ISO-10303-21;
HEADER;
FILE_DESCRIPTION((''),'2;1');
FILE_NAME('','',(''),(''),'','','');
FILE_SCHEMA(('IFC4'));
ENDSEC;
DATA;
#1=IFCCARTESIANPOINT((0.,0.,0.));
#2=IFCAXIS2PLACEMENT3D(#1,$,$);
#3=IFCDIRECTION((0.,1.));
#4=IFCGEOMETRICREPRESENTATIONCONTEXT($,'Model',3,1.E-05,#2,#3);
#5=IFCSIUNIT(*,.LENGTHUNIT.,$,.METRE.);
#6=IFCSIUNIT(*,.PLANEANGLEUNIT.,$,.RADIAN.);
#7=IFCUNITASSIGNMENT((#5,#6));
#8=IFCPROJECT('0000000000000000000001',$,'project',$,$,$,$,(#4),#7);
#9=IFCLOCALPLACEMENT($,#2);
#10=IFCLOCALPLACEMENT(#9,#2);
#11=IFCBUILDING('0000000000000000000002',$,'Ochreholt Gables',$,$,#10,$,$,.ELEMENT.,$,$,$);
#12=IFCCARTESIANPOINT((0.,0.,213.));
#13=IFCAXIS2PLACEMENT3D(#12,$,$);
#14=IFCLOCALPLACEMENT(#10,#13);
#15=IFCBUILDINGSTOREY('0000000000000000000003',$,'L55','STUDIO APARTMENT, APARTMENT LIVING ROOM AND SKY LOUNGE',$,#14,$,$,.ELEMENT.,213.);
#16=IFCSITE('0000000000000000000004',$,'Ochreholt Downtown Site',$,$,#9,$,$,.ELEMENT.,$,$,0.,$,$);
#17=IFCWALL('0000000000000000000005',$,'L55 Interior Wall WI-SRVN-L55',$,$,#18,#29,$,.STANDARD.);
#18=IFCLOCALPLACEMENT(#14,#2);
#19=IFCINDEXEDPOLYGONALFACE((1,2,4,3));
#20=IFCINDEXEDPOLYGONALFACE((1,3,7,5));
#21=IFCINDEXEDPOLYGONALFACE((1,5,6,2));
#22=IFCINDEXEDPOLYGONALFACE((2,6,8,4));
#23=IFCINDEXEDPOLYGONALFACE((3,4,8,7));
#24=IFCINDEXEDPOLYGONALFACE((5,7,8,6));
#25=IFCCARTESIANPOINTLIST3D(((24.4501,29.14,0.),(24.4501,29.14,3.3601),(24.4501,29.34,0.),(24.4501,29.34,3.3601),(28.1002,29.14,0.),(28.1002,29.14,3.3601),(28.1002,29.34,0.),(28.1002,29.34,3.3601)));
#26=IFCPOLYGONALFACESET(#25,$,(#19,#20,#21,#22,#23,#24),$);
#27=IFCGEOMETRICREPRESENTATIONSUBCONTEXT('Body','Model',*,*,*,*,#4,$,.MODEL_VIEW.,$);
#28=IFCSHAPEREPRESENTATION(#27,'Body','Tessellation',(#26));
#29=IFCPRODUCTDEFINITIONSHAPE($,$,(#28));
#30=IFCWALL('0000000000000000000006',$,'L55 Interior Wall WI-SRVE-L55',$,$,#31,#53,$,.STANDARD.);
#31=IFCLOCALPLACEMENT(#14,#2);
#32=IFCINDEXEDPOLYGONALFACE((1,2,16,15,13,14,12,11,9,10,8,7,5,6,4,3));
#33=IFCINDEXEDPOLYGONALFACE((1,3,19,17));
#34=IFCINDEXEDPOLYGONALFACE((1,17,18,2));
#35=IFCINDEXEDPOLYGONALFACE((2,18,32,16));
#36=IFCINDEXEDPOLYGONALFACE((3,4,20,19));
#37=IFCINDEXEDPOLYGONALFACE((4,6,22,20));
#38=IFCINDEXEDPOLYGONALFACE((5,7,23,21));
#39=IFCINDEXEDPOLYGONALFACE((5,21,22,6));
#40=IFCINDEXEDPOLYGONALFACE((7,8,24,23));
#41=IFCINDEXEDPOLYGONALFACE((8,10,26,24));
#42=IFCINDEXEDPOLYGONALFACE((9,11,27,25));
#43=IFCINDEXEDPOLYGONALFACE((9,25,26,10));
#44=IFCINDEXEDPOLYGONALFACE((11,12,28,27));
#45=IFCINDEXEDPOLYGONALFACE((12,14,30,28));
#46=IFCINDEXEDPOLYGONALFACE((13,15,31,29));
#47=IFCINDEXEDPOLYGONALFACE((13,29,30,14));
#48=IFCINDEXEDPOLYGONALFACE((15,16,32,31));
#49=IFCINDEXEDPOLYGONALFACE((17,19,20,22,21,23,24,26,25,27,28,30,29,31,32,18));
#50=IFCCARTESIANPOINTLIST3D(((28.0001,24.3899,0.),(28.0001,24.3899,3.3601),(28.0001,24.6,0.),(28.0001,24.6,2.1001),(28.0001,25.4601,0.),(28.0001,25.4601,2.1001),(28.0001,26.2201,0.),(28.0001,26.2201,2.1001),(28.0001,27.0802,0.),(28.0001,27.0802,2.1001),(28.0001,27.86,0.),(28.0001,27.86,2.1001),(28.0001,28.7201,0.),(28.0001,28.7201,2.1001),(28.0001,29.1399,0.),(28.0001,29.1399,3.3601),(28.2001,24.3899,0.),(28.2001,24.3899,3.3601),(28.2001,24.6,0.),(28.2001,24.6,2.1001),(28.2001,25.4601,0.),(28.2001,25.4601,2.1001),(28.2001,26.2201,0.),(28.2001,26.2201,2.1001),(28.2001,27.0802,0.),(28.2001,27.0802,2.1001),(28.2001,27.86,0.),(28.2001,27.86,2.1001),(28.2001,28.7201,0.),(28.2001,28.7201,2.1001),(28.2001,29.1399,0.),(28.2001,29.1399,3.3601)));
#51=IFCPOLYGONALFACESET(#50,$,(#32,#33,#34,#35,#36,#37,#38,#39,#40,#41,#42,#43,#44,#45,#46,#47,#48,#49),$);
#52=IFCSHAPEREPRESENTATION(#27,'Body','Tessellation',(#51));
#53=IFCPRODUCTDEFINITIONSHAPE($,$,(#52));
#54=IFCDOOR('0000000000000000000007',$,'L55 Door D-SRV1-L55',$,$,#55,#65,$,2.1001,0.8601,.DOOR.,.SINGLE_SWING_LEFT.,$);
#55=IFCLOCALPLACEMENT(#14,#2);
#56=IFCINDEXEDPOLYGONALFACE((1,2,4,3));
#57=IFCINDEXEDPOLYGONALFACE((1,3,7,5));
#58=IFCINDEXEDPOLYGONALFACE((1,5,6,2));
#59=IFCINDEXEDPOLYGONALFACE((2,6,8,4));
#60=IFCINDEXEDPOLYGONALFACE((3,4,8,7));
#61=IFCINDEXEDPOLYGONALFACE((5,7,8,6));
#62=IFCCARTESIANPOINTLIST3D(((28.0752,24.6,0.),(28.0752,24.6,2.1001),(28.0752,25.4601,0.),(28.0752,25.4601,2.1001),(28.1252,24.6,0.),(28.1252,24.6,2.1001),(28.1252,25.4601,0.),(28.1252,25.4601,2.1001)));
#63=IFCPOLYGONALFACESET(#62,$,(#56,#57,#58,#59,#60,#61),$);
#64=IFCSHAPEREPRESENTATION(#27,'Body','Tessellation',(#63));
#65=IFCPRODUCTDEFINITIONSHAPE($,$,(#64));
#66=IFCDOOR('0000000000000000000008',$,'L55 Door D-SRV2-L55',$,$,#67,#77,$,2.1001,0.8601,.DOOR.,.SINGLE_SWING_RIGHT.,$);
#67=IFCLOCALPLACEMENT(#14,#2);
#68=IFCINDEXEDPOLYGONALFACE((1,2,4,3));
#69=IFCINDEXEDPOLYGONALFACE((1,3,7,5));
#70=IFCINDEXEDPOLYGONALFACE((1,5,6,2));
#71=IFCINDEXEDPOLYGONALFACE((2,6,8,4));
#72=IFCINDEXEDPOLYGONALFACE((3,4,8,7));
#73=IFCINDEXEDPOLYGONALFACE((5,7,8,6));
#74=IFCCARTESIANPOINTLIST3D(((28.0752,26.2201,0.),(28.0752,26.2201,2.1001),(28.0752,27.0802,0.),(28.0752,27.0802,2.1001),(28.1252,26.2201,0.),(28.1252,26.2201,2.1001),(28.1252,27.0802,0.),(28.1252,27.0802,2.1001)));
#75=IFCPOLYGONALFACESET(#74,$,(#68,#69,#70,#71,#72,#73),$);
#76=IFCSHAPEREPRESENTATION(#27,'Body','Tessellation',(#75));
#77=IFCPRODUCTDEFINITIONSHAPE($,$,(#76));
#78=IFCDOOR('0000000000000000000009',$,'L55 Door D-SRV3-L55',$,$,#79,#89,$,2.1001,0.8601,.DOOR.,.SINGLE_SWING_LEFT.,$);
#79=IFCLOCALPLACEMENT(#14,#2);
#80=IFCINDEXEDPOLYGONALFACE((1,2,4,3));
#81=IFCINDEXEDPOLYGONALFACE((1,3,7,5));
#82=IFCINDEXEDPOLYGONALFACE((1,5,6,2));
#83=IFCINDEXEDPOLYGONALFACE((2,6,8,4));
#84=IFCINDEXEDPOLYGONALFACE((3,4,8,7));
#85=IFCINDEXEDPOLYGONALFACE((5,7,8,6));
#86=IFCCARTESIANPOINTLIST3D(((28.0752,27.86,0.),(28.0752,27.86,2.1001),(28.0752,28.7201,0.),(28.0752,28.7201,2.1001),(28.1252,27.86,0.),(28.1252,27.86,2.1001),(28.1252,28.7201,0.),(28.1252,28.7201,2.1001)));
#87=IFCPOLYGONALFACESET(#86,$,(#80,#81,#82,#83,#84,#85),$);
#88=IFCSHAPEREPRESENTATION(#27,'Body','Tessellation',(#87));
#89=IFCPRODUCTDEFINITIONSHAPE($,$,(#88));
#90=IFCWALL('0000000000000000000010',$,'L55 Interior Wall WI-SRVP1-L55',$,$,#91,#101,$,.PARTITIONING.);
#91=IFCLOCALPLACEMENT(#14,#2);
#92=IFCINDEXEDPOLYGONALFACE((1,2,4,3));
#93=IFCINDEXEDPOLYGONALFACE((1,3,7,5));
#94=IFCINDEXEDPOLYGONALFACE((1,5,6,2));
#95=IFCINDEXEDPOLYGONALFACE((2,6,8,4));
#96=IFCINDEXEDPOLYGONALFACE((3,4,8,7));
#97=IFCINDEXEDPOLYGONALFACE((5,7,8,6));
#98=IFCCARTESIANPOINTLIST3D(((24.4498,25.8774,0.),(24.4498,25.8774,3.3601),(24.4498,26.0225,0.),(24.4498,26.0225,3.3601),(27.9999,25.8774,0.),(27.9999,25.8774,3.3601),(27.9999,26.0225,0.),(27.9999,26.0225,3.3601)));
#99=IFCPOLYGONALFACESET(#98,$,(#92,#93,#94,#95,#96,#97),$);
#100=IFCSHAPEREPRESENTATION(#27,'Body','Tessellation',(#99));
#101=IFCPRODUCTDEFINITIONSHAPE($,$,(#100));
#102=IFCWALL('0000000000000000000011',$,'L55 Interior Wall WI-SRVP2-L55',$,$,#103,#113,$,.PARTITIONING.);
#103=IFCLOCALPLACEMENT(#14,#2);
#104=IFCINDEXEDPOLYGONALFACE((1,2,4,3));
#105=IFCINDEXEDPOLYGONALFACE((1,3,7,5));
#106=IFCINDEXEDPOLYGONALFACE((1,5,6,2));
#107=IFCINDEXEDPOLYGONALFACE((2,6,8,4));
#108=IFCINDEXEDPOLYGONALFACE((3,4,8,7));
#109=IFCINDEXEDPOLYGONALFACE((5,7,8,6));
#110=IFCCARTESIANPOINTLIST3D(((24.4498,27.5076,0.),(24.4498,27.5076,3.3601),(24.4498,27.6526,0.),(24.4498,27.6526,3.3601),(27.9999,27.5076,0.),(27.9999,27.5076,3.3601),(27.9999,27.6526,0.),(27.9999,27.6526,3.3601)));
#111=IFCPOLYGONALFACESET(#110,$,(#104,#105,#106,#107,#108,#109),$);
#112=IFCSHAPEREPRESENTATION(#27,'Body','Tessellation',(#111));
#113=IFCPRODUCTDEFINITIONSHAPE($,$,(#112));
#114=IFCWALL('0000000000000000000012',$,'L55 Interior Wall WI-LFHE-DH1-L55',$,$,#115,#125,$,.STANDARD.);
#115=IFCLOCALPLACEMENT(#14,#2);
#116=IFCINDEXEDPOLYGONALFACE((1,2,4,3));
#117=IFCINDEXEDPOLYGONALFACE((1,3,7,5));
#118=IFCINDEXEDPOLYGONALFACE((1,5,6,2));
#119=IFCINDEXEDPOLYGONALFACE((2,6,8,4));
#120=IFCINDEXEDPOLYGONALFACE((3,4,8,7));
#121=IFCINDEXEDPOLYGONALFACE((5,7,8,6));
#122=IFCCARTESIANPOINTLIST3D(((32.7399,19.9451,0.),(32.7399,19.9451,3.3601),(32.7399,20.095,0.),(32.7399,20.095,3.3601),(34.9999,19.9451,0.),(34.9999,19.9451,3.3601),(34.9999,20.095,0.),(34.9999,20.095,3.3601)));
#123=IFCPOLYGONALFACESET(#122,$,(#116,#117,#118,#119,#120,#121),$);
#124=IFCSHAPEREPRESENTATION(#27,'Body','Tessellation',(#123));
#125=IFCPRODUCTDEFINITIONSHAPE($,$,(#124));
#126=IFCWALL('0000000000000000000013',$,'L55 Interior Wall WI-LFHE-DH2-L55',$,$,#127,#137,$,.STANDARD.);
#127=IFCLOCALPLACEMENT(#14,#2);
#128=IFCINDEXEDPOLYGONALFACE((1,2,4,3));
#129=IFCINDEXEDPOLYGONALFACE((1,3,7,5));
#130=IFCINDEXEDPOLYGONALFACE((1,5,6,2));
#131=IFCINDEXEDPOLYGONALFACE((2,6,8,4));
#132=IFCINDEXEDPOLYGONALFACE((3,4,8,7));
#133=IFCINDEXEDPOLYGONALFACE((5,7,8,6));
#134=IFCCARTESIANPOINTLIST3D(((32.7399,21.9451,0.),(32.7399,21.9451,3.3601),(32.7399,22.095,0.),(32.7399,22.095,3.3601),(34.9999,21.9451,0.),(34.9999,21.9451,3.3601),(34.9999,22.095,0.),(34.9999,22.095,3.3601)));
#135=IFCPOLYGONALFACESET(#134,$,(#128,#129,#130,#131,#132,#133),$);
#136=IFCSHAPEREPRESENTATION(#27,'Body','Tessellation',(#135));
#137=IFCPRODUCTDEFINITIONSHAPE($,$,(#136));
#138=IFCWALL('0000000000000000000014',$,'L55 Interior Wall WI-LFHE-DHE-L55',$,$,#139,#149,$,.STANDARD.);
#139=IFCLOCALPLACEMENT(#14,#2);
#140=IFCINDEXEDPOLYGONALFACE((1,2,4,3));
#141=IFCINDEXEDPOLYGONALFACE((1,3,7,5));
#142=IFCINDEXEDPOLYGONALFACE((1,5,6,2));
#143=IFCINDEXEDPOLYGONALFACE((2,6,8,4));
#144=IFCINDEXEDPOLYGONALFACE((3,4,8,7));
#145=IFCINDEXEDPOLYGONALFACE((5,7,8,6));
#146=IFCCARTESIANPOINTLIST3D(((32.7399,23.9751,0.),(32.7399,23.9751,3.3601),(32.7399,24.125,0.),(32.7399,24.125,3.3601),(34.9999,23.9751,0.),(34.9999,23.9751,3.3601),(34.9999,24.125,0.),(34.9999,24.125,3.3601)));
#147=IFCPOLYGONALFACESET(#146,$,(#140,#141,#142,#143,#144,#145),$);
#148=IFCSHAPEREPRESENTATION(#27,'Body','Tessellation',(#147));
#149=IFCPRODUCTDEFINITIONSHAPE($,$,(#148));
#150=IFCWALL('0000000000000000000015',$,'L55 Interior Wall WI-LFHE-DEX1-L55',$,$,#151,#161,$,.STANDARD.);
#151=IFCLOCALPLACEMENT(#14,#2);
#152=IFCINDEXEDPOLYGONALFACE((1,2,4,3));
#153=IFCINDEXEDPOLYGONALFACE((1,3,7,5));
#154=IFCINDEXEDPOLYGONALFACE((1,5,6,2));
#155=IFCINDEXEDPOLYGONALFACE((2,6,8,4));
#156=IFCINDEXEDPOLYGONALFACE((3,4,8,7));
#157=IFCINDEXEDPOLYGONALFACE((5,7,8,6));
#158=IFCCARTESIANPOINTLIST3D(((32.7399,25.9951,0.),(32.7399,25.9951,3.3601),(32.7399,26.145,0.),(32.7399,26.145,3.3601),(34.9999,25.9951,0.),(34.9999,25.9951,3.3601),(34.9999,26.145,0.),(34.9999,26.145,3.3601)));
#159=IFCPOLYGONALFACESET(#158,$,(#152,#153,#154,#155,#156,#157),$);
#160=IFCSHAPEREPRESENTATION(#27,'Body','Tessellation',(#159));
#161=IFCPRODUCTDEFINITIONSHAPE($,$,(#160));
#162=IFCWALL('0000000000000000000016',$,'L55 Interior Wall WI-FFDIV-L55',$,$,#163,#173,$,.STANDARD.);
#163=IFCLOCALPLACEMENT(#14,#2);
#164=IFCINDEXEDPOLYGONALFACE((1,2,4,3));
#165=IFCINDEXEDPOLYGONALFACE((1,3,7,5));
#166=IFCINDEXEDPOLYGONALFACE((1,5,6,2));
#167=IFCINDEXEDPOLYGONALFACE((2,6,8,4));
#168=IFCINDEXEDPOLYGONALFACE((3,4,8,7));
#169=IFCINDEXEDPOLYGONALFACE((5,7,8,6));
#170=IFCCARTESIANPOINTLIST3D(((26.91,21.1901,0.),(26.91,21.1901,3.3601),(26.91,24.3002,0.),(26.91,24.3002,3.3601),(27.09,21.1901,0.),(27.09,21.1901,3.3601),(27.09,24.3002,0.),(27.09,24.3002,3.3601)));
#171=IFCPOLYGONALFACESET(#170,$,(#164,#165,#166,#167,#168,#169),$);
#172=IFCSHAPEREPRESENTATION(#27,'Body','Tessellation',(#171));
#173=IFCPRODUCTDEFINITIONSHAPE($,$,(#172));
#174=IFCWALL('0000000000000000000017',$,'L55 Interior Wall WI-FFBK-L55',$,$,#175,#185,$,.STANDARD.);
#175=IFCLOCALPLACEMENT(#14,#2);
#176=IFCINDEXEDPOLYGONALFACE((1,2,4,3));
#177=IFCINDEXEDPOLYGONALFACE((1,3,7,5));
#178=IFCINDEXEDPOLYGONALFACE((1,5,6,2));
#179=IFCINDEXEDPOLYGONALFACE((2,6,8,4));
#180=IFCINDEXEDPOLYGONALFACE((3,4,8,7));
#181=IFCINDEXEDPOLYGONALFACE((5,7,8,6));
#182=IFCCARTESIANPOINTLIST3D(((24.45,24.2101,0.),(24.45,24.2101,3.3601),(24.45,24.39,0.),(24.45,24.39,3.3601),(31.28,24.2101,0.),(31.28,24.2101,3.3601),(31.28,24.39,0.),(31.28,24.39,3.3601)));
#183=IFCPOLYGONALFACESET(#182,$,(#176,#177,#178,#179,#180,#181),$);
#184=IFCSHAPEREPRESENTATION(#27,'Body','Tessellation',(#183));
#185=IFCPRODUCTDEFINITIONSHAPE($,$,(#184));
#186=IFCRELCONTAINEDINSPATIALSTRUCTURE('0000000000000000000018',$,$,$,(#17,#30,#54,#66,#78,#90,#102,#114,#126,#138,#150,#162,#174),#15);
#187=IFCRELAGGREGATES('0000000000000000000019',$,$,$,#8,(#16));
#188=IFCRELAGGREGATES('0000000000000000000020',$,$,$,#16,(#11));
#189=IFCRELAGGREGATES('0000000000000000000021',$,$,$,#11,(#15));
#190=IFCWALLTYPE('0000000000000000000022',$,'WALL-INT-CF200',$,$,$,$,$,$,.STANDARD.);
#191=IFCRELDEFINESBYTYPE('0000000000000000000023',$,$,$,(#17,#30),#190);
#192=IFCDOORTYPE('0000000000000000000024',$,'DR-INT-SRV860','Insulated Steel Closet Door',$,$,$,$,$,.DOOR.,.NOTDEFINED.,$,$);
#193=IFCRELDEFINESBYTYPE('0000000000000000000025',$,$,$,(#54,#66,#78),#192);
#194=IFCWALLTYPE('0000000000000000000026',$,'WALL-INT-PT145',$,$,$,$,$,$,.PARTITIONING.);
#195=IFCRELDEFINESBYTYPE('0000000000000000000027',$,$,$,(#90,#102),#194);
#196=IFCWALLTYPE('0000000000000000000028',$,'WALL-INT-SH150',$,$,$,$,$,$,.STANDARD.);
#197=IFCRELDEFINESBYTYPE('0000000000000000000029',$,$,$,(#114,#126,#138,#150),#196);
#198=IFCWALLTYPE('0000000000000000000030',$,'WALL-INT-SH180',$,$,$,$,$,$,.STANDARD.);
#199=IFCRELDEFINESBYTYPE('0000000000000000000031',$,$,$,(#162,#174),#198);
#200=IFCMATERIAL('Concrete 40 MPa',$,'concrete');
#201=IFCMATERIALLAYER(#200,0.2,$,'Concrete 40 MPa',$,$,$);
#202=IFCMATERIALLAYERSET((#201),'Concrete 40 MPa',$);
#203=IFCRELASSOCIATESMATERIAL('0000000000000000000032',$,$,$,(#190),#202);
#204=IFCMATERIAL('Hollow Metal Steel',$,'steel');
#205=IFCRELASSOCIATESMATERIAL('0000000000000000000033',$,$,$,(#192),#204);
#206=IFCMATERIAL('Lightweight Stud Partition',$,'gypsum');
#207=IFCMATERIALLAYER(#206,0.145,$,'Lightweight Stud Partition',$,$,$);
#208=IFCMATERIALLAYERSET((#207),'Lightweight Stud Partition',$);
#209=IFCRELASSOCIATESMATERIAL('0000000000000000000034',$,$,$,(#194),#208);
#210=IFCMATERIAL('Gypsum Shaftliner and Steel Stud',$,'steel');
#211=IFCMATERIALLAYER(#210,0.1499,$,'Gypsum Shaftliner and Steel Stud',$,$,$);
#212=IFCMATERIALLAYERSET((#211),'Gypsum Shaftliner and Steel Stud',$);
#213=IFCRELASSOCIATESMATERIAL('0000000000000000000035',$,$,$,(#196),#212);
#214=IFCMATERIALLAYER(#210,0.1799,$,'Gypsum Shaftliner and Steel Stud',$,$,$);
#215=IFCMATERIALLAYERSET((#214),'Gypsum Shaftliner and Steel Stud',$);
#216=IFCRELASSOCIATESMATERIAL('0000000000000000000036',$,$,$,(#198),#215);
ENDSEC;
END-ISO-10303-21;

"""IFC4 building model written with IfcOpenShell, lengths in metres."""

from ifc_helpers import new_model, si_unit, direction, frame, frame_2d, origin, place, context, subcontext, project, spatial, rectangle, extrude, material, layer, layer_set, type_object, element, fill, save


model = new_model("IFC4")

# Units and contexts
model_context = context("Model", 3, precision=1e-05, world=origin(), true_north=direction((0.0, 1.0)))
body_context = subcontext(model_context, "Body", "Model", "MODEL_VIEW")
ifc_project = project(units=[si_unit("LENGTHUNIT", "METRE"), si_unit("PLANEANGLEUNIT", "RADIAN")], contexts=[model_context])

# Site, building, storey
site_placement = place(None, origin())
site = spatial("IfcSite", under=ifc_project, at=site_placement, Name="Ochreholt Downtown Site", CompositionType="ELEMENT", RefElevation=0.0)
building_placement = place(site_placement, origin())
building = spatial("IfcBuilding", under=site, at=building_placement, Name="Ochreholt Gables", CompositionType="ELEMENT")
storey_placement = place(building_placement, frame((0.0, 0.0, 213.0)))
storey = spatial("IfcBuildingStorey", under=building, at=storey_placement, Name="L55", Description="STUDIO APARTMENT, APARTMENT LIVING ROOM AND SKY LOUNGE", CompositionType="ELEMENT", Elevation=213.0)

# Shared definitions
ifc_material_1 = material(Name="Concrete 40 MPa", Category="concrete")
ifc_layer_1 = layer(ifc_material_1, 0.2, Name="Concrete 40 MPa")
ifc_layer_set_1 = layer_set([ifc_layer_1], Name="Concrete 40 MPa")
wall_type_1 = type_object("IfcWallType", Name="WALL-INT-CF200", PredefinedType="STANDARD", material=ifc_layer_set_1)

# Wall
wall_1_placement = place(storey_placement, frame((24.45, 29.24, 0.0), z_axis=(0.0, 0.0, 1.0), x_axis=(1.0, 0.0, 0.0)))
element("IfcWall", 1, at=wall_1_placement, inside=storey, type_object=wall_type_1, Name="L55 Interior Wall WI-SRVN-L55", PredefinedType="STANDARD", context=body_context, shape_type="SweptSolid", body=[
    extrude(rectangle(XDim=3.6501, YDim=0.2, at=frame_2d((1.8252, 0.0))), origin(), (0.0, 0.0, 1.0), 3.3601),
])

# Wall, openings, doors
wall_2_placement = place(storey_placement, frame((28.1001, 24.3899, 0.0), z_axis=(0.0, 0.0, 1.0), x_axis=(0.0, 1.0, 0.0)))
wall_2 = element("IfcWall", 2, at=wall_2_placement, inside=storey, type_object=wall_type_1, Name="L55 Interior Wall WI-SRVE-L55", PredefinedType="STANDARD", context=body_context, shape_type="SweptSolid", body=[
    extrude(rectangle(XDim=4.75, YDim=0.2, at=frame_2d((2.375, 0.0))), origin(), (0.0, 0.0, 1.0), 3.3601),
])
opening_1_placement = place(wall_2_placement, frame((0.21, 0.0, 0.0)))
opening_1 = element("IfcOpeningElement", 3, at=opening_1_placement, cuts=wall_2, PredefinedType="OPENING", context=body_context, shape_type="SweptSolid", body=[
    extrude(rectangle(XDim=0.8601, YDim=2.1001, at=frame_2d((0.4302, 1.05))), frame((0.0, 0.1099, 0.0), z_axis=(0.0, -1.0, 0.0), x_axis=(1.0, 0.0, 0.0)), (0.0, 0.0, 1.0), 0.22),
])
opening_2_placement = place(wall_2_placement, frame((1.8301, 0.0, 0.0)))
opening_2 = element("IfcOpeningElement", 4, at=opening_2_placement, cuts=wall_2, PredefinedType="OPENING", context=body_context, shape_type="SweptSolid", body=[
    extrude(rectangle(XDim=0.8601, YDim=2.1001, at=frame_2d((0.4302, 1.05))), frame((0.0, 0.1099, 0.0), z_axis=(0.0, -1.0, 0.0), x_axis=(1.0, 0.0, 0.0)), (0.0, 0.0, 1.0), 0.22),
])
opening_3_placement = place(wall_2_placement, frame((3.47, 0.0, 0.0)))
opening_3 = element("IfcOpeningElement", 5, at=opening_3_placement, cuts=wall_2, PredefinedType="OPENING", context=body_context, shape_type="SweptSolid", body=[
    extrude(rectangle(XDim=0.8601, YDim=2.1001, at=frame_2d((0.4302, 1.05))), frame((0.0, 0.1099, 0.0), z_axis=(0.0, -1.0, 0.0), x_axis=(1.0, 0.0, 0.0)), (0.0, 0.0, 1.0), 0.22),
])
ifc_material_2 = material(Name="Hollow Metal Steel", Category="steel")
door_type_1 = type_object("IfcDoorType", Name="DR-INT-SRV860", Description="Insulated Steel Closet Door", OperationType="NOTDEFINED", PredefinedType="DOOR", material=ifc_material_2)
door_1_placement = place(opening_1_placement, origin())
door_1 = element("IfcDoor", 6, at=door_1_placement, inside=storey, type_object=door_type_1, Name="L55 Door D-SRV1-L55", OperationType="SINGLE_SWING_LEFT", OverallHeight=2.1001, OverallWidth=0.8601, PredefinedType="DOOR", context=body_context, shape_type="SweptSolid", body=[
    extrude(rectangle(XDim=0.8601, YDim=2.1001, at=frame_2d((0.4302, 1.05))), frame((0.0, 0.0249, 0.0), z_axis=(0.0, -1.0, 0.0), x_axis=(1.0, 0.0, 0.0)), (0.0, 0.0, 1.0), 0.05),
])
fill(opening_1, door_1)
door_2_placement = place(opening_2_placement, origin())
door_2 = element("IfcDoor", 7, at=door_2_placement, inside=storey, type_object=door_type_1, Name="L55 Door D-SRV2-L55", OperationType="SINGLE_SWING_RIGHT", OverallHeight=2.1001, OverallWidth=0.8601, PredefinedType="DOOR", context=body_context, shape_type="SweptSolid", body=[
    extrude(rectangle(XDim=0.8601, YDim=2.1001, at=frame_2d((0.4302, 1.05))), frame((0.0, 0.0249, 0.0), z_axis=(0.0, -1.0, 0.0), x_axis=(1.0, 0.0, 0.0)), (0.0, 0.0, 1.0), 0.05),
])
fill(opening_2, door_2)
door_3_placement = place(opening_3_placement, origin())
door_3 = element("IfcDoor", 8, at=door_3_placement, inside=storey, type_object=door_type_1, Name="L55 Door D-SRV3-L55", OperationType="SINGLE_SWING_LEFT", OverallHeight=2.1001, OverallWidth=0.8601, PredefinedType="DOOR", context=body_context, shape_type="SweptSolid", body=[
    extrude(rectangle(XDim=0.8601, YDim=2.1001, at=frame_2d((0.4302, 1.05))), frame((0.0, 0.0249, 0.0), z_axis=(0.0, -1.0, 0.0), x_axis=(1.0, 0.0, 0.0)), (0.0, 0.0, 1.0), 0.05),
])
fill(opening_3, door_3)

# Walls
ifc_material_3 = material(Name="Lightweight Stud Partition", Category="gypsum")
ifc_layer_2 = layer(ifc_material_3, 0.145, Name="Lightweight Stud Partition")
ifc_layer_set_2 = layer_set([ifc_layer_2], Name="Lightweight Stud Partition")
wall_type_2 = type_object("IfcWallType", Name="WALL-INT-PT145", PredefinedType="PARTITIONING", material=ifc_layer_set_2)
for number, where, z_axis, x_axis, name in (
    (9, (24.45, 25.95, 0.0), (0.0, 0.0, 1.0), (1.0, 0.0, 0.0), "L55 Interior Wall WI-SRVP1-L55"),
    (10, (24.45, 27.5801, 0.0), (0.0, 0.0, 1.0), (1.0, 0.0, 0.0), "L55 Interior Wall WI-SRVP2-L55"),
):
    element("IfcWall", number, at=place(storey_placement, frame(where, z_axis=z_axis, x_axis=x_axis)), inside=storey, type_object=wall_type_2, Name=name, PredefinedType="PARTITIONING", context=body_context, shape_type="SweptSolid", body=[
        extrude(rectangle(XDim=3.55, YDim=0.145, at=frame_2d((1.7749, 0.0))), origin(), (0.0, 0.0, 1.0), 3.3601),
    ])
ifc_material_4 = material(Name="Gypsum Shaftliner and Steel Stud", Category="steel")
ifc_layer_3 = layer(ifc_material_4, 0.1499, Name="Gypsum Shaftliner and Steel Stud")
ifc_layer_set_3 = layer_set([ifc_layer_3], Name="Gypsum Shaftliner and Steel Stud")
wall_type_3 = type_object("IfcWallType", Name="WALL-INT-SH150", PredefinedType="STANDARD", material=ifc_layer_set_3)
for number, where, z_axis, x_axis, name in (
    (11, (32.74, 20.02, 0.0), (0.0, 0.0, 1.0), (1.0, 0.0, 0.0), "L55 Interior Wall WI-LFHE-DH1-L55"),
    (12, (32.74, 22.02, 0.0), (0.0, 0.0, 1.0), (1.0, 0.0, 0.0), "L55 Interior Wall WI-LFHE-DH2-L55"),
    (13, (32.74, 24.05, 0.0), (0.0, 0.0, 1.0), (1.0, 0.0, 0.0), "L55 Interior Wall WI-LFHE-DHE-L55"),
    (14, (32.74, 26.0701, 0.0), (0.0, 0.0, 1.0), (1.0, 0.0, 0.0), "L55 Interior Wall WI-LFHE-DEX1-L55"),
):
    element("IfcWall", number, at=place(storey_placement, frame(where, z_axis=z_axis, x_axis=x_axis)), inside=storey, type_object=wall_type_3, Name=name, PredefinedType="STANDARD", context=body_context, shape_type="SweptSolid", body=[
        extrude(rectangle(XDim=2.26, YDim=0.1499, at=frame_2d((1.1299, 0.0))), origin(), (0.0, 0.0, 1.0), 3.3601),
    ])
ifc_layer_4 = layer(ifc_material_4, 0.1799, Name="Gypsum Shaftliner and Steel Stud")
ifc_layer_set_4 = layer_set([ifc_layer_4], Name="Gypsum Shaftliner and Steel Stud")
wall_type_4 = type_object("IfcWallType", Name="WALL-INT-SH180", PredefinedType="STANDARD", material=ifc_layer_set_4)
wall_3_placement = place(storey_placement, frame((27.0, 21.1899, 0.0), z_axis=(0.0, 0.0, 1.0), x_axis=(0.0, 1.0, 0.0)))
element("IfcWall", 15, at=wall_3_placement, inside=storey, type_object=wall_type_4, Name="L55 Interior Wall WI-FFDIV-L55", PredefinedType="STANDARD", context=body_context, shape_type="SweptSolid", body=[
    extrude(rectangle(XDim=3.1101, YDim=0.1799, at=frame_2d((1.5552, 0.0))), origin(), (0.0, 0.0, 1.0), 3.3601),
])
wall_4_placement = place(storey_placement, frame((24.45, 24.3, 0.0), z_axis=(0.0, 0.0, 1.0), x_axis=(1.0, 0.0, 0.0)))
element("IfcWall", 16, at=wall_4_placement, inside=storey, type_object=wall_type_4, Name="L55 Interior Wall WI-FFBK-L55", PredefinedType="STANDARD", context=body_context, shape_type="SweptSolid", body=[
    extrude(rectangle(XDim=6.8301, YDim=0.1799, at=frame_2d((3.415, 0.0))), origin(), (0.0, 0.0, 1.0), 3.3601),
])

save(model, "model.ifc")
